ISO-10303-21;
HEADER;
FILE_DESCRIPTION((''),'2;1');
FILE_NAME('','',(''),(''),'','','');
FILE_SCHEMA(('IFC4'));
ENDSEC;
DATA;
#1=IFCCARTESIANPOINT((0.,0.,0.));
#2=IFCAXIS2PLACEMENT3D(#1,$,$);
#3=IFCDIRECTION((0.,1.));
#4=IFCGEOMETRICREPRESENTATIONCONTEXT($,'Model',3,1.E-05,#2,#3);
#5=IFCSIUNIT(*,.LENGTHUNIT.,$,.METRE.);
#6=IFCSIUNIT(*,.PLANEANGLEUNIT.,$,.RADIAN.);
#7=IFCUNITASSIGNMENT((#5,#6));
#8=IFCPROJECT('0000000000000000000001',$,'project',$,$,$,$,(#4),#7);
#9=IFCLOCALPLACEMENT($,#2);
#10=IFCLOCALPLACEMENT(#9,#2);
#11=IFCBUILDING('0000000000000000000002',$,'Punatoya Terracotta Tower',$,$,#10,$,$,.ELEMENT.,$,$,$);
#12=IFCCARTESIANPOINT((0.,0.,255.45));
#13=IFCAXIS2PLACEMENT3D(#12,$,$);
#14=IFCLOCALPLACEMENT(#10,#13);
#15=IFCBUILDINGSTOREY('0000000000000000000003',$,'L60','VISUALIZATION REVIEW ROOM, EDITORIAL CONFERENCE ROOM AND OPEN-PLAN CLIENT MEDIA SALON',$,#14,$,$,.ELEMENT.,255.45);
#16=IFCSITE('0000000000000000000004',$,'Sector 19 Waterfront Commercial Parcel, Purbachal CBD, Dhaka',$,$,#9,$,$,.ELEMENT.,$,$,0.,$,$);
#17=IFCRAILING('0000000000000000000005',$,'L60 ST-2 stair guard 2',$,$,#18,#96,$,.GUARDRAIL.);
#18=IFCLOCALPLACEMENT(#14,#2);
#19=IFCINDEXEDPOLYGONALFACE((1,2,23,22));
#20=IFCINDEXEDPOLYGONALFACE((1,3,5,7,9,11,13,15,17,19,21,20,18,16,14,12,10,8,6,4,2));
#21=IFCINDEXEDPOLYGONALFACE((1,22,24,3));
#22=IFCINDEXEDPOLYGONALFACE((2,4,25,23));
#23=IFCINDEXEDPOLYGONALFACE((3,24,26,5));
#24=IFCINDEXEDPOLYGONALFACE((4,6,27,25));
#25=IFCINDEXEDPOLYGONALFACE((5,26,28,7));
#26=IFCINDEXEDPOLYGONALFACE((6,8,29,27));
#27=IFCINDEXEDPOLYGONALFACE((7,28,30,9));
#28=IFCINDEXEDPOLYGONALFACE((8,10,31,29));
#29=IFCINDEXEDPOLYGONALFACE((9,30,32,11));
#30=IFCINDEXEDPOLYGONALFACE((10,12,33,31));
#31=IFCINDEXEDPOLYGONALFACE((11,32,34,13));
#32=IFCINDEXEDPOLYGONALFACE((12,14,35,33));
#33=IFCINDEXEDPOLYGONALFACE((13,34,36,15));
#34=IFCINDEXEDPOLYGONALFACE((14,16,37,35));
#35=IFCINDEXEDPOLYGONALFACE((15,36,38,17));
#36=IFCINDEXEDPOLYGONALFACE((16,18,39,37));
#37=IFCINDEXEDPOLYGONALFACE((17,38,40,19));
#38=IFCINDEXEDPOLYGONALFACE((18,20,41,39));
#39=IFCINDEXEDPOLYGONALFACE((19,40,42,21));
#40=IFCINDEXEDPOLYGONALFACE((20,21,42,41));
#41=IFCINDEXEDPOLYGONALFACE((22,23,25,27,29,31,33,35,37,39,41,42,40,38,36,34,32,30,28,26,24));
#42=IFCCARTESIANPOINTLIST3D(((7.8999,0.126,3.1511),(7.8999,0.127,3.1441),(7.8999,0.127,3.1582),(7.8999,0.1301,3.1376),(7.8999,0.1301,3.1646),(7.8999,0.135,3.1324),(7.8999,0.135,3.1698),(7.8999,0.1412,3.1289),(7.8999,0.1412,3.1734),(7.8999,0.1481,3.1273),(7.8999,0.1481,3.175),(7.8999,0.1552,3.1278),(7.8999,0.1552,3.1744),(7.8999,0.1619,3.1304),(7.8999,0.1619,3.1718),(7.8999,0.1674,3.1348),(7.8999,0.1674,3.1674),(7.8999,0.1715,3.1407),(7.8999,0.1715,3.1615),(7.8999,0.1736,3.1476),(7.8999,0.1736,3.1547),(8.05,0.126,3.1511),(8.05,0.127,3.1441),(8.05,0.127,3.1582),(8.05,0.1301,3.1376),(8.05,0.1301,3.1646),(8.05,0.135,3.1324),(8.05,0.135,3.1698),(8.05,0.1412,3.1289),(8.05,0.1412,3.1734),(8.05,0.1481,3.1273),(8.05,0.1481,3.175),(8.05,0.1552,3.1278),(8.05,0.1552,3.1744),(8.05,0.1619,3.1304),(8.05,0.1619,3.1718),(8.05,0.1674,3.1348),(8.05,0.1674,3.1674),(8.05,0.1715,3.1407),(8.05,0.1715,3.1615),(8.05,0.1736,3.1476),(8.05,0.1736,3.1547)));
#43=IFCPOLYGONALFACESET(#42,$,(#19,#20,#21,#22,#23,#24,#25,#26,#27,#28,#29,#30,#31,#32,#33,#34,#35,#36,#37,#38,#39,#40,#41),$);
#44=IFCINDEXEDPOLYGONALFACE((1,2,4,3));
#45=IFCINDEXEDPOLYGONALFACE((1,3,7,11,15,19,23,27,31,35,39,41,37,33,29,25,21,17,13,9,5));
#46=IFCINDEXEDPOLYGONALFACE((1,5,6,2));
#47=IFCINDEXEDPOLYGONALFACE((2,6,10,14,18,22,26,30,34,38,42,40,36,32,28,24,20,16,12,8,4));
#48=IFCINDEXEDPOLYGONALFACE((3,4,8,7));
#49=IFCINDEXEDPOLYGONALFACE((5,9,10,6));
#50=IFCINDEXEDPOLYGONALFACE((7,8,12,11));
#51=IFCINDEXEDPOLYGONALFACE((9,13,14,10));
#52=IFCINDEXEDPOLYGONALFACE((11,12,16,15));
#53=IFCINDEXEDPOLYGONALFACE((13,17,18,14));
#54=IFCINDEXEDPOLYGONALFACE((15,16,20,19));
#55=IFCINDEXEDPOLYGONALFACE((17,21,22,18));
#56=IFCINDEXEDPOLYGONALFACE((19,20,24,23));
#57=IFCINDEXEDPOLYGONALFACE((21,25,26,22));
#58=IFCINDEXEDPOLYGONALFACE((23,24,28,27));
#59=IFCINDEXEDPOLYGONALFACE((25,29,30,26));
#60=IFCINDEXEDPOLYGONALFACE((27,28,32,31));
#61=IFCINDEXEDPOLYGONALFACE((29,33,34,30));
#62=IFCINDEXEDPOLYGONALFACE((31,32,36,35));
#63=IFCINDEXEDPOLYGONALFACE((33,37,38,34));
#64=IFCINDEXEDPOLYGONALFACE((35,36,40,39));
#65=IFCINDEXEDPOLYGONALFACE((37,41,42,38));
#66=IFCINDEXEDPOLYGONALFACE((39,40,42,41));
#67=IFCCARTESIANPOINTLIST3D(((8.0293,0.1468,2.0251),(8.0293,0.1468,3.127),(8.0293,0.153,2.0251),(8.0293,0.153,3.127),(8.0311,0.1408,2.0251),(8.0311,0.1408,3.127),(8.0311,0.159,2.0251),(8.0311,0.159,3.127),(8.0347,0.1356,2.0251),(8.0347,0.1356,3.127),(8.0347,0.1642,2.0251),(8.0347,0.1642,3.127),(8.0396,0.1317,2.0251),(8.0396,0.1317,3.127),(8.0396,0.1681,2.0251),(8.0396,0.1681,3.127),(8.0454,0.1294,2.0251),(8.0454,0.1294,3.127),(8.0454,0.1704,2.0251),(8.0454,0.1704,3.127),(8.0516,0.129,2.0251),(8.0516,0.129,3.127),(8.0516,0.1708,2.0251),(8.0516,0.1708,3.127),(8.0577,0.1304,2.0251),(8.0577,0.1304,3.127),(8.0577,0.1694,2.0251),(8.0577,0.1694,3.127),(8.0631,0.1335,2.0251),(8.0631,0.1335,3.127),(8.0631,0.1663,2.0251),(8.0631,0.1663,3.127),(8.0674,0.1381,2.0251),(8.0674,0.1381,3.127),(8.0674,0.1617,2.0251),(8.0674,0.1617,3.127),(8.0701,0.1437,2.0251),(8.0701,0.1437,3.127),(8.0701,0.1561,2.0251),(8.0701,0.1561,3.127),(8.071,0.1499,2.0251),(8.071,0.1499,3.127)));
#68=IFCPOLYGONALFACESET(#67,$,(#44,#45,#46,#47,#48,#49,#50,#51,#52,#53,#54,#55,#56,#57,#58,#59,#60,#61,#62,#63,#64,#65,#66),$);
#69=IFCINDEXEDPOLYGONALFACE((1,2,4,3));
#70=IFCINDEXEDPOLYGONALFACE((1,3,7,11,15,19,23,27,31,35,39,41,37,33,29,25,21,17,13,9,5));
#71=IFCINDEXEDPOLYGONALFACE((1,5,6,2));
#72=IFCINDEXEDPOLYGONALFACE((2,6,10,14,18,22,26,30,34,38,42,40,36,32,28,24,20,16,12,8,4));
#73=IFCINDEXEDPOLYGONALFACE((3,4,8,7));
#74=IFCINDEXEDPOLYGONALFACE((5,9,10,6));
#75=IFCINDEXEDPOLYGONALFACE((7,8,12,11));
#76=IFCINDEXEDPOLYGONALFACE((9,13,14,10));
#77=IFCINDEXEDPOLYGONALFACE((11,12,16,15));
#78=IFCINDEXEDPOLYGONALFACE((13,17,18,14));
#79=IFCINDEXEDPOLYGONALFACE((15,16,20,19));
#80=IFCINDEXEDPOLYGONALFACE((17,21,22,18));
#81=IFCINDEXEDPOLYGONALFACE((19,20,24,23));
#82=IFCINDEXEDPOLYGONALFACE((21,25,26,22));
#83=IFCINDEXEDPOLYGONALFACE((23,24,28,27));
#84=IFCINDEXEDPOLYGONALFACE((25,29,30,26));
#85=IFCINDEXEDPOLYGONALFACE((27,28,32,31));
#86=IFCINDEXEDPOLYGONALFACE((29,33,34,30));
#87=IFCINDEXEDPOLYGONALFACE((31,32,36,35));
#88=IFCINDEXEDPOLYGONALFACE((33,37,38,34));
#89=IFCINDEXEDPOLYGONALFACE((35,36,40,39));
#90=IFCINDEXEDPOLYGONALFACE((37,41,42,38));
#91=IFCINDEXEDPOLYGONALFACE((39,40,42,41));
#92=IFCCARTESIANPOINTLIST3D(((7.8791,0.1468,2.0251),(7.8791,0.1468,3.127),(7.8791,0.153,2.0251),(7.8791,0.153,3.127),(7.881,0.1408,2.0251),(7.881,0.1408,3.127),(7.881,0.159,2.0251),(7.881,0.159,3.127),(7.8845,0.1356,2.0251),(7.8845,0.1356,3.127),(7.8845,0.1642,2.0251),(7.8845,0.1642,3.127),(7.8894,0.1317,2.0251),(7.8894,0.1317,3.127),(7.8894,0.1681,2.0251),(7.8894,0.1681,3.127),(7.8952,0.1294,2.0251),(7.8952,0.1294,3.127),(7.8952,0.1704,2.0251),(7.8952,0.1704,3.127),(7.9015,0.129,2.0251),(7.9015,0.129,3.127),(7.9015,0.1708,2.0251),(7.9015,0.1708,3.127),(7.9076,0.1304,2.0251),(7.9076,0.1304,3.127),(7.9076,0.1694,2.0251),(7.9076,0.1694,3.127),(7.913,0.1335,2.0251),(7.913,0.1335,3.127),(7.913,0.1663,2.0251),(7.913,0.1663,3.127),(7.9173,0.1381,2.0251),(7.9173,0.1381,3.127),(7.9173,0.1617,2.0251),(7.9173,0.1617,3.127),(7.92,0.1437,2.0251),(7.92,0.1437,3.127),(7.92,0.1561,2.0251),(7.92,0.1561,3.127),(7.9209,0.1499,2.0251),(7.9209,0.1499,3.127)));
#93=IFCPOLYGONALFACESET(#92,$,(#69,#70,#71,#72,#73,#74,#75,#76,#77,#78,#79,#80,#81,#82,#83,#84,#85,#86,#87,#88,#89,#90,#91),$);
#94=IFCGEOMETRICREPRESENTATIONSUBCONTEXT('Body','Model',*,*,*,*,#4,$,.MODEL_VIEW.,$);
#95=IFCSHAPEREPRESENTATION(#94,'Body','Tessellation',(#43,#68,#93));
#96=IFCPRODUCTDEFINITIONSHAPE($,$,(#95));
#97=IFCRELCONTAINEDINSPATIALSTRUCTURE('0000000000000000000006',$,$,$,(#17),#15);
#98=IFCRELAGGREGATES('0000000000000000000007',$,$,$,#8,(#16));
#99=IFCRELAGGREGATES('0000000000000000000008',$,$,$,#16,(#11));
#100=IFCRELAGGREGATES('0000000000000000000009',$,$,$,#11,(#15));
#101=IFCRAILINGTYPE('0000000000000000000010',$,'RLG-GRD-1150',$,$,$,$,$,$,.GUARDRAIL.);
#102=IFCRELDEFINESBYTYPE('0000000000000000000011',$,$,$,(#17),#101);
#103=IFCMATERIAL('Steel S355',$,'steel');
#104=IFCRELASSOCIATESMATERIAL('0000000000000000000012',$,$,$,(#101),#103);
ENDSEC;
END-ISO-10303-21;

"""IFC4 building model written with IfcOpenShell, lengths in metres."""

from ifc_helpers import new_model, si_unit, direction, frame, origin, origin_2d, place, context, subcontext, project, spatial, circle, extrude, material, type_object, element, save


model = new_model("IFC4")

# Units and contexts
model_context = context("Model", 3, precision=1e-05, world=origin(), true_north=direction((0.0, 1.0)))
body_context = subcontext(model_context, "Body", "Model", "MODEL_VIEW")
ifc_project = project(units=[si_unit("LENGTHUNIT", "METRE"), si_unit("PLANEANGLEUNIT", "RADIAN")], contexts=[model_context])

# Site, building, storey
site_placement = place(None, origin())
site = spatial("IfcSite", under=ifc_project, at=site_placement, Name="Sector 19 Waterfront Commercial Parcel, Purbachal CBD, Dhaka", CompositionType="ELEMENT", RefElevation=0.0)
building_placement = place(site_placement, origin())
building = spatial("IfcBuilding", under=site, at=building_placement, Name="Punatoya Terracotta Tower", CompositionType="ELEMENT")
storey_placement = place(building_placement, frame((0.0, 0.0, 255.45)))
storey = spatial("IfcBuildingStorey", under=building, at=storey_placement, Name="L60", Description="VISUALIZATION REVIEW ROOM, EDITORIAL CONFERENCE ROOM AND OPEN-PLAN CLIENT MEDIA SALON", CompositionType="ELEMENT", Elevation=255.45)

# Shared definitions
ifc_material_1 = material(Name="Steel S355", Category="steel")

# Railing
railing_type_1 = type_object("IfcRailingType", Name="RLG-GRD-1150", PredefinedType="GUARDRAIL", material=ifc_material_1)
railing_1_placement = place(storey_placement, frame((8.05, 0.1499, 2.0251)))
element("IfcRailing", 1, at=railing_1_placement, inside=storey, type_object=railing_type_1, Name="L60 ST-2 stair guard 2", PredefinedType="GUARDRAIL", context=body_context, shape_type="SweptSolid", body=[
    extrude(circle(Radius=0.0239, at=origin_2d()), frame((0.0, 0.0, 1.126), z_axis=(-1.0, 0.0, 0.0), x_axis=(0.0, -1.0, 0.0)), (0.0, 0.0, 1.0), 0.1501),
    extrude(circle(Radius=0.021, at=origin_2d()), origin(), (0.0, 0.0, 1.0), 1.1018),
    extrude(circle(Radius=0.021, at=origin_2d()), frame((-0.1501, 0.0, 0.0)), (0.0, 0.0, 1.0), 1.1018),
])

save(model, "model.ifc")
